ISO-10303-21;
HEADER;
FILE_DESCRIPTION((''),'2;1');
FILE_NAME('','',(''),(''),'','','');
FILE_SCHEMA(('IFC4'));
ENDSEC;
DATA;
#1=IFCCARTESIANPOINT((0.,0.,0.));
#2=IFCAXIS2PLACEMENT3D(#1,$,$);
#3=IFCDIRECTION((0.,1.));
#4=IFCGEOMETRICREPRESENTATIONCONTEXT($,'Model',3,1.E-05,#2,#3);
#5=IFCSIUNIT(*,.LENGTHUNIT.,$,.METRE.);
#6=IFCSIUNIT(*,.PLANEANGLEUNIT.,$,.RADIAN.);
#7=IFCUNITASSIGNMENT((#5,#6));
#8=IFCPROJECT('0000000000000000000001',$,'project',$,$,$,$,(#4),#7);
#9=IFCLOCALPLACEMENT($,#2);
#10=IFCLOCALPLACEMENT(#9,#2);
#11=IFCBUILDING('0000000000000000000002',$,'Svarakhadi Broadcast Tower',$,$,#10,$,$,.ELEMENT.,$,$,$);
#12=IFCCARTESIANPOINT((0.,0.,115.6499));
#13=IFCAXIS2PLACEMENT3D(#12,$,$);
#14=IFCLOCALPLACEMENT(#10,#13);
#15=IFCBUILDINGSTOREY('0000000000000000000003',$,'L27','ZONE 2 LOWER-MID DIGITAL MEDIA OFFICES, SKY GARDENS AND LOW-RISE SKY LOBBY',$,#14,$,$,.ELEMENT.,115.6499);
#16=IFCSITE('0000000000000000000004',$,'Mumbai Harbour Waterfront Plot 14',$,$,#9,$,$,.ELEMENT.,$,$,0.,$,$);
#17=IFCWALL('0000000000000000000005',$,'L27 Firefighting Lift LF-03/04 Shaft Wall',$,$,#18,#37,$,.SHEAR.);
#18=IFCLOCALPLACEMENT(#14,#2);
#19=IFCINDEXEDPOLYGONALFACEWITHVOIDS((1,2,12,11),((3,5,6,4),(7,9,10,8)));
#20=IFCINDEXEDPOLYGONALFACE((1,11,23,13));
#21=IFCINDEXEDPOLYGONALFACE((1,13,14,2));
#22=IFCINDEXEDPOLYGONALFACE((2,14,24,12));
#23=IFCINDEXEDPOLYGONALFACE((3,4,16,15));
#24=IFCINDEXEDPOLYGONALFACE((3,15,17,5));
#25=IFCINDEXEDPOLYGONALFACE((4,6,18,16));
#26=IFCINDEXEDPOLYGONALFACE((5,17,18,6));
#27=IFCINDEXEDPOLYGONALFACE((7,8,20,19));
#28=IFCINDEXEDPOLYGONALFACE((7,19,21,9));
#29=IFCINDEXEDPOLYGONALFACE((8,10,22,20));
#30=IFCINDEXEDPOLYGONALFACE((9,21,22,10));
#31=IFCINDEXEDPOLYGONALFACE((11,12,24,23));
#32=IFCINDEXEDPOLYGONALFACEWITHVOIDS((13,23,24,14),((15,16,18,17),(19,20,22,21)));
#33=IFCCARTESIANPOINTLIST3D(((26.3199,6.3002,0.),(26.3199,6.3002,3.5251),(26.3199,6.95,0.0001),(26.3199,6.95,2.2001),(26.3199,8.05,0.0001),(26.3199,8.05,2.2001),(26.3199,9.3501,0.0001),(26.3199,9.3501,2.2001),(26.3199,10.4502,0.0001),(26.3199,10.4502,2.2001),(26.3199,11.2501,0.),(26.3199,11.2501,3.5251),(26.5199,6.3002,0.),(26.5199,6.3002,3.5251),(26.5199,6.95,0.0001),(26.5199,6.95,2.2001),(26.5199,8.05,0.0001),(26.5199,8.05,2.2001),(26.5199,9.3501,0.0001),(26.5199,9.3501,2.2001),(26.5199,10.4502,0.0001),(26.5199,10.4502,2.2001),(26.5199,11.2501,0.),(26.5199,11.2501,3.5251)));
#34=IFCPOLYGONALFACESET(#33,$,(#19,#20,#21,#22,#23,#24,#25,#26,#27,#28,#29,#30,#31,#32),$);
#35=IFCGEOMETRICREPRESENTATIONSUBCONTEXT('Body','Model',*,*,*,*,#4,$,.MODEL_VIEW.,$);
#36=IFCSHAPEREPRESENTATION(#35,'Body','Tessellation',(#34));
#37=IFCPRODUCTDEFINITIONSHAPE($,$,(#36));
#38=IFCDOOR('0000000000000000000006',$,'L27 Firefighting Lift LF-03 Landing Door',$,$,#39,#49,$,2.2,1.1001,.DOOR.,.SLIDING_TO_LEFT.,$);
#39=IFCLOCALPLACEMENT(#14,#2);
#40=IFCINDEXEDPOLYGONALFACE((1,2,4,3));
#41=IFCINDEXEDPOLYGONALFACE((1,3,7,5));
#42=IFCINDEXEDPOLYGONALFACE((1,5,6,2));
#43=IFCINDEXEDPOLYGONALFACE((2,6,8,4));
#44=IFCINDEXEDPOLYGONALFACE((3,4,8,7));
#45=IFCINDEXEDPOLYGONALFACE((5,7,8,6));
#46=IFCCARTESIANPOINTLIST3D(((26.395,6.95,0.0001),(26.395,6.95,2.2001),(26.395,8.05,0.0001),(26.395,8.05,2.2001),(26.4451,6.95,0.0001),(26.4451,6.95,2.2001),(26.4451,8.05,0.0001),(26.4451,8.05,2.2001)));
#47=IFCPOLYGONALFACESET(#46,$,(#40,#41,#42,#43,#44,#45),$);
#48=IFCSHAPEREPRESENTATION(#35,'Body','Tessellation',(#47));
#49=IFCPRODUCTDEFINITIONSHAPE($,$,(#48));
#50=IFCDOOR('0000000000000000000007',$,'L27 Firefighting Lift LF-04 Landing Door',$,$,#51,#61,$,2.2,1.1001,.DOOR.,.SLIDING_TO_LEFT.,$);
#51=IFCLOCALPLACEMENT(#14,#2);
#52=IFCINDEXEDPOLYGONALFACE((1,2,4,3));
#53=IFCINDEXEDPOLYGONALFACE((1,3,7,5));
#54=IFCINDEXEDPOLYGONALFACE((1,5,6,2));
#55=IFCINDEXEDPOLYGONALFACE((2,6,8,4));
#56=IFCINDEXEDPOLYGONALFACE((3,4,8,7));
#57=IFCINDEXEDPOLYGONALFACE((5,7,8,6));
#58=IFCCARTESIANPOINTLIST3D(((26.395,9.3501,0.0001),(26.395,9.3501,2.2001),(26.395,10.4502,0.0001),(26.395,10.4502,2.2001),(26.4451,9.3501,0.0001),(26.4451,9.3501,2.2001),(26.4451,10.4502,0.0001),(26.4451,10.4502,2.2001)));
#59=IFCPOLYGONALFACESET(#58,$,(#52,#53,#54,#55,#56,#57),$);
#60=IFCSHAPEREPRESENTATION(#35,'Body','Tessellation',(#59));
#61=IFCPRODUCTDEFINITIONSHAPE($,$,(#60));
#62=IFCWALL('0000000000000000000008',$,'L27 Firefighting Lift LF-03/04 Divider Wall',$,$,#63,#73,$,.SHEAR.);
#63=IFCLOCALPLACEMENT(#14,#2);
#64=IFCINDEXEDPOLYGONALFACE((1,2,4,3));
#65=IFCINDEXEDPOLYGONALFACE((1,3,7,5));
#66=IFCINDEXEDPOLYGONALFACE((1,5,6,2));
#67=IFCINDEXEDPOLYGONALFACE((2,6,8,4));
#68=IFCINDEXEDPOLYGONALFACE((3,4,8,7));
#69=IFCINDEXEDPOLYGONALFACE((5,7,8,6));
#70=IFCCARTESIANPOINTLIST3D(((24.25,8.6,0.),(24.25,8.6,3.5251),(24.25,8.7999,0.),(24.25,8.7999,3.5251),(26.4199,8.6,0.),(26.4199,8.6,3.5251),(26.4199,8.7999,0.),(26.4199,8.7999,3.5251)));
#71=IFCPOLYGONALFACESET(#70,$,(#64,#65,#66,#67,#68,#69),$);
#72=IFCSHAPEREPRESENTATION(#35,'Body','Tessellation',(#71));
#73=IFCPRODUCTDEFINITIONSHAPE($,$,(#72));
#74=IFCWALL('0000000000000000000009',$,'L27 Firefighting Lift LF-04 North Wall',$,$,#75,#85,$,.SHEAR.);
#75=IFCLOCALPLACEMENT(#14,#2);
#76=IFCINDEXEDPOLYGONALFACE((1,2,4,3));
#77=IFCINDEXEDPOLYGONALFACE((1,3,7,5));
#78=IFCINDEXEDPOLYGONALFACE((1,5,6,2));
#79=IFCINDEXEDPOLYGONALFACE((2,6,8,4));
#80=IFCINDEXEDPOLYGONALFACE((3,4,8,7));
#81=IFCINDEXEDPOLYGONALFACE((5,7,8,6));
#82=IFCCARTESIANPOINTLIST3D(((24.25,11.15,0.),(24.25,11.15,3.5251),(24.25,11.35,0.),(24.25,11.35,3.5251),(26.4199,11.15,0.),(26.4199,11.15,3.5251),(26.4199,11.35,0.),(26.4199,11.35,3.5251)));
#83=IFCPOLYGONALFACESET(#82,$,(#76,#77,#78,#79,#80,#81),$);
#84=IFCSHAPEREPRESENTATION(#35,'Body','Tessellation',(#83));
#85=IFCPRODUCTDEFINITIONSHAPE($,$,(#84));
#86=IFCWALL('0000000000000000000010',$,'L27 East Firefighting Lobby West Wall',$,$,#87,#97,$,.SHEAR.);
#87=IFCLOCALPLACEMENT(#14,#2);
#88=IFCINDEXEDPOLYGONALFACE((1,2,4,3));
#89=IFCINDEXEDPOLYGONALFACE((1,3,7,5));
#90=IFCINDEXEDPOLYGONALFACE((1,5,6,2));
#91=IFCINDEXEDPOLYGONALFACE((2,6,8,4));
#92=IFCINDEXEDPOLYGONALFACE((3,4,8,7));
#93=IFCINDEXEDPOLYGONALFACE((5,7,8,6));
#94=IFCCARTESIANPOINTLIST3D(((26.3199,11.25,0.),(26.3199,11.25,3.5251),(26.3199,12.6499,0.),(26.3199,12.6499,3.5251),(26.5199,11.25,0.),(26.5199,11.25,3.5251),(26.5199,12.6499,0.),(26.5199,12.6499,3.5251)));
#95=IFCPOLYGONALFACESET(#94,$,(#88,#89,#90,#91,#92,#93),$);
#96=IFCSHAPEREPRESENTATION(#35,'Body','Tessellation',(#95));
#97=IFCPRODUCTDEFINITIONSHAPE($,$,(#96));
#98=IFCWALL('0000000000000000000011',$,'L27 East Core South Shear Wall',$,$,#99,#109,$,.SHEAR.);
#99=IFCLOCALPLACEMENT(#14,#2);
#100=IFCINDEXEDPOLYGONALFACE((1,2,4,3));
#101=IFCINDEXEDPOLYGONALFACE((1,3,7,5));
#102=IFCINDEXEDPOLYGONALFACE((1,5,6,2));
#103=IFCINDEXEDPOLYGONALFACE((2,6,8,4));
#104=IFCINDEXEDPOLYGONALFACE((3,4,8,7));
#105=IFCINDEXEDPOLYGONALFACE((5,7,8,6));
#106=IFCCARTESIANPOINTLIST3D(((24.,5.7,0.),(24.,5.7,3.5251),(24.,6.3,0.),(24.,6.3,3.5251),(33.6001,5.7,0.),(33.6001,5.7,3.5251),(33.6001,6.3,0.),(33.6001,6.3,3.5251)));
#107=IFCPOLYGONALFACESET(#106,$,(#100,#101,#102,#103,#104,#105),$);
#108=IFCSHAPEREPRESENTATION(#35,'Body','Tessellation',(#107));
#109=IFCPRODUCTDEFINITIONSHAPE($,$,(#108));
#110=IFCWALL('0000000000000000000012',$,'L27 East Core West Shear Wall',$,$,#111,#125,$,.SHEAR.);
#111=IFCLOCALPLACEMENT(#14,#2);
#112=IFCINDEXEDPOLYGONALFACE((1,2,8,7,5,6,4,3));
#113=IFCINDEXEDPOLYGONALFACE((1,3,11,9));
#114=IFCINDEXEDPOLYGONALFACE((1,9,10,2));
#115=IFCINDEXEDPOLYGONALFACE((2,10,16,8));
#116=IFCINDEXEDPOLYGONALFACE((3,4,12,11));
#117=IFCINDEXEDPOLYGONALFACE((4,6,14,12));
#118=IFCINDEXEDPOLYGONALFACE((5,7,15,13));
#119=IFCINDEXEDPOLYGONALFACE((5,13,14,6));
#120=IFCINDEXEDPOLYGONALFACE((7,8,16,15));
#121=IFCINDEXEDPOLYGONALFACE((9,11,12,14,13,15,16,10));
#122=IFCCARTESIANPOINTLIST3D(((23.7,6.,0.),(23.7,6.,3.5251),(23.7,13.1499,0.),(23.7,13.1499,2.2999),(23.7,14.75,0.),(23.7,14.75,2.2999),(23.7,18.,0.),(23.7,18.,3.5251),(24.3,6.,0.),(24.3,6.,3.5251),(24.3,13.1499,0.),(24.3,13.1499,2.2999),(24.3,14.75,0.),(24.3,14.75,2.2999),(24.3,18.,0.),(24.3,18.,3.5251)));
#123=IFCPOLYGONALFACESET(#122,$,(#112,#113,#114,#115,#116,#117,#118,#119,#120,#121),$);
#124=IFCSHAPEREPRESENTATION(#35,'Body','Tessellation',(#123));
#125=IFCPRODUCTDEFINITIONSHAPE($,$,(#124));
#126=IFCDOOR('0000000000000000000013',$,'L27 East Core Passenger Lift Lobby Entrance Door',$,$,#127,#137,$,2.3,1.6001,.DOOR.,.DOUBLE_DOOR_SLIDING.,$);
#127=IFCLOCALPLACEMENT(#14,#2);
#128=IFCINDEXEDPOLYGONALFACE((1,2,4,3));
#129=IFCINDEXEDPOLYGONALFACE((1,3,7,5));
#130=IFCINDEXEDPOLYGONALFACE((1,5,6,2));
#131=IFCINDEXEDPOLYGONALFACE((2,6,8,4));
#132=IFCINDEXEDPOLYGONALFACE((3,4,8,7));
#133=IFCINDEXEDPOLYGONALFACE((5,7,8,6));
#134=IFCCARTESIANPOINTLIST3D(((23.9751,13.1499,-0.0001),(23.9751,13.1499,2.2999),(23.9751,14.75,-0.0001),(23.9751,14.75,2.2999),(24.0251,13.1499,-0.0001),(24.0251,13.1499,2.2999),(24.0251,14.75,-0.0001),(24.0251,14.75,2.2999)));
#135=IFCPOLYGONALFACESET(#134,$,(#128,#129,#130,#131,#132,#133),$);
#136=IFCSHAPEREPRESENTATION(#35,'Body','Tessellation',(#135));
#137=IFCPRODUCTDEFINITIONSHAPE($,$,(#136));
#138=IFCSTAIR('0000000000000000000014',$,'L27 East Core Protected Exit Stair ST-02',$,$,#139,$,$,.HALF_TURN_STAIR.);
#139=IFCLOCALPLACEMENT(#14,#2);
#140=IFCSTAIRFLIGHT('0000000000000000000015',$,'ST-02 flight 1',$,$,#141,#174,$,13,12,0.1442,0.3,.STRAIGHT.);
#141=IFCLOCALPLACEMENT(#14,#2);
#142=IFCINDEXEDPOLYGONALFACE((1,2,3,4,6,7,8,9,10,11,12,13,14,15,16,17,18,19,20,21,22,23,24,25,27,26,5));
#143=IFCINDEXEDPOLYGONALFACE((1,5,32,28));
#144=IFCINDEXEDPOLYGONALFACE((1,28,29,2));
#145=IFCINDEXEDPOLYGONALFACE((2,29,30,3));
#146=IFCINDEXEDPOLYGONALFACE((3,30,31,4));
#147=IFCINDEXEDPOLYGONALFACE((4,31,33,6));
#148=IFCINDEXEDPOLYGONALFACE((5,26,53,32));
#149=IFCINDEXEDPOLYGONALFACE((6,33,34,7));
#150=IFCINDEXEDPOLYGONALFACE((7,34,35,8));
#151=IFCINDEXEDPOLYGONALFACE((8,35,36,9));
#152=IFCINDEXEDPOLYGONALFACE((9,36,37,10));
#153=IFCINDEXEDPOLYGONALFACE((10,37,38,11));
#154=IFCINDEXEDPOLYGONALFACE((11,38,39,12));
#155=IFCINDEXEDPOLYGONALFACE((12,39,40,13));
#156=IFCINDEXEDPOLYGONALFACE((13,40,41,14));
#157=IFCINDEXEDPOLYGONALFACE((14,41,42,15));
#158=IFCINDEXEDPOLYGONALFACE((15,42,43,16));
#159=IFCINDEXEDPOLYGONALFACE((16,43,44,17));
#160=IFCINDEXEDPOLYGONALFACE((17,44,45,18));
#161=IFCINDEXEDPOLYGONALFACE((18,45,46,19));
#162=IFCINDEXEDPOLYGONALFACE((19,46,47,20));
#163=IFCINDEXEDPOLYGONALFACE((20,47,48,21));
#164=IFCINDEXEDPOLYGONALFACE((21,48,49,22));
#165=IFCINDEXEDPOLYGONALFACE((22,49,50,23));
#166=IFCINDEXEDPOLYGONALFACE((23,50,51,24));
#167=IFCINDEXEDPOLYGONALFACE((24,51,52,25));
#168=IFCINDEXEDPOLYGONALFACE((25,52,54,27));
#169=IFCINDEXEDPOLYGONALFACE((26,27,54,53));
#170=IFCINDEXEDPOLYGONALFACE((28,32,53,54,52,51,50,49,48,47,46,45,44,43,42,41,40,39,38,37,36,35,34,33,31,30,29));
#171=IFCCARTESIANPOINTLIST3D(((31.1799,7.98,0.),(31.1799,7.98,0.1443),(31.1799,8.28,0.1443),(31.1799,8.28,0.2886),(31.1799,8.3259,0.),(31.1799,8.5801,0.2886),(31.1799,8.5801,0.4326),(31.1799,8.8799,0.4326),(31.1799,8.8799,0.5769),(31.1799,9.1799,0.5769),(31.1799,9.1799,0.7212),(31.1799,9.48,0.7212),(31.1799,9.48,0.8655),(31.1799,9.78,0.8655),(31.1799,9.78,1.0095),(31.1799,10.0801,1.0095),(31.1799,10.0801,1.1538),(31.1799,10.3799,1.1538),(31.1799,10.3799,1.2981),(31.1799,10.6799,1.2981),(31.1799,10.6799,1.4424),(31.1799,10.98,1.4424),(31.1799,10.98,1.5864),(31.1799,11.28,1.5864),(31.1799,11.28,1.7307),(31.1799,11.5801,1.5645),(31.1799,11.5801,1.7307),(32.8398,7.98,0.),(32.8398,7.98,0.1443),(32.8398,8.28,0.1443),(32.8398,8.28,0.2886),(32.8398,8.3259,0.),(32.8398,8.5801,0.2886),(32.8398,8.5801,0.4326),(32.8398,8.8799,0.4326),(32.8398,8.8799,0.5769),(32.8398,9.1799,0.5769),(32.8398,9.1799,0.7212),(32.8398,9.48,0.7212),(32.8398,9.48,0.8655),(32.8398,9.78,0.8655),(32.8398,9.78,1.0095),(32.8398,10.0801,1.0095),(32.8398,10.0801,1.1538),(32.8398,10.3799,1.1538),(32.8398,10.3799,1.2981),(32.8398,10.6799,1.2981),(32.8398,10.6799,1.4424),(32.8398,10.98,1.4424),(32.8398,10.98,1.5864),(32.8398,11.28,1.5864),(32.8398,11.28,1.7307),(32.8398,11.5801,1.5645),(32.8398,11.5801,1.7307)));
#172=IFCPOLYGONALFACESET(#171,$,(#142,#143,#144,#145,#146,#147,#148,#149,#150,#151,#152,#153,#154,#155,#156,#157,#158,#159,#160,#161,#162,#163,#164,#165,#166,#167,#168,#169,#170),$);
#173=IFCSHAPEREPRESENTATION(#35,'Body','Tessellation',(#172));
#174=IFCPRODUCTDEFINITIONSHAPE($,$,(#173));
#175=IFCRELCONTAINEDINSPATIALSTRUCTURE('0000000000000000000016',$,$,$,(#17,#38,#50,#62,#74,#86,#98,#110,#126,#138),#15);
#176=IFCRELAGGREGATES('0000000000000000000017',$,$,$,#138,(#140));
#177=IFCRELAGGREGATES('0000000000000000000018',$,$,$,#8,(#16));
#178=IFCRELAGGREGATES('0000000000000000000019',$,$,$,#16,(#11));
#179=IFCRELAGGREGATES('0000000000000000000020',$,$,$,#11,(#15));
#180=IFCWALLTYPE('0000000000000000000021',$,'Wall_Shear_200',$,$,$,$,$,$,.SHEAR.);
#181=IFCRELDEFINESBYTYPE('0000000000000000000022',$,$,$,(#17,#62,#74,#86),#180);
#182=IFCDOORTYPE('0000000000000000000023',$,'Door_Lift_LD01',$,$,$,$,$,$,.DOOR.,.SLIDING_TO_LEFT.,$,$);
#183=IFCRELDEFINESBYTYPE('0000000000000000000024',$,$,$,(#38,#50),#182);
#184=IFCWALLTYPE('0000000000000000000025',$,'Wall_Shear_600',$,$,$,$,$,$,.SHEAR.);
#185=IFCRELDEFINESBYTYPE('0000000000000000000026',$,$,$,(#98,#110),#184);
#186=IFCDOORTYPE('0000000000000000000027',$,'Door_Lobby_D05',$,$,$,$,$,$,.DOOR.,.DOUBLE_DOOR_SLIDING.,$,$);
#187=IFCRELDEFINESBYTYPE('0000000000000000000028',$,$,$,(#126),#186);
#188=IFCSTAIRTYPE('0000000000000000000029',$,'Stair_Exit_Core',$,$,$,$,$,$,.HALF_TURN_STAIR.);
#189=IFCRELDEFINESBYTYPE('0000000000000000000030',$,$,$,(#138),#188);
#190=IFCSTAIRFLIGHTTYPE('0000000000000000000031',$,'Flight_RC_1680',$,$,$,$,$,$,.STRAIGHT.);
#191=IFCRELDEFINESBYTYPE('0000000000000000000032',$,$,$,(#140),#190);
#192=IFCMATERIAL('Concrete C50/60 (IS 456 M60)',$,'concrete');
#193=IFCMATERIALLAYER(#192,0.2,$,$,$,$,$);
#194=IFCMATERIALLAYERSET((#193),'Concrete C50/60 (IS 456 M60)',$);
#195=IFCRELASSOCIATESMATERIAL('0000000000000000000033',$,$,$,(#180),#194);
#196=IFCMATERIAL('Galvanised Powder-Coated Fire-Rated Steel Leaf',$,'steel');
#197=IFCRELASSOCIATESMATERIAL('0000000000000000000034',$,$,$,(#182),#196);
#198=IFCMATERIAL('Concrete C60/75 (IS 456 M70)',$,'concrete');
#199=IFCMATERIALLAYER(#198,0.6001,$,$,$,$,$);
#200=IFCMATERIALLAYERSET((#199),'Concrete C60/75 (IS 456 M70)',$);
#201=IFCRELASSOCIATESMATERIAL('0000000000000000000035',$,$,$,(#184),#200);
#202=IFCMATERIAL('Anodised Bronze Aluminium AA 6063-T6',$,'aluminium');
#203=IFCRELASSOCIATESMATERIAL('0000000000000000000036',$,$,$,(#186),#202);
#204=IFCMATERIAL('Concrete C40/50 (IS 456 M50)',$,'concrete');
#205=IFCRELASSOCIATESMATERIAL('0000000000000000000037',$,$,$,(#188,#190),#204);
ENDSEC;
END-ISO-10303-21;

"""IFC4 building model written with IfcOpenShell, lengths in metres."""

from ifc_helpers import new_model, si_unit, direction, frame, frame_2d, origin, place, context, subcontext, project, spatial, polyline, rectangle, outline, extrude, material, layer, layer_set, type_object, element, fill, aggregate, save


model = new_model("IFC4")

# Units and contexts
model_context = context("Model", 3, precision=1e-05, world=origin(), true_north=direction((0.0, 1.0)))
body_context = subcontext(model_context, "Body", "Model", "MODEL_VIEW")
ifc_project = project(units=[si_unit("LENGTHUNIT", "METRE"), si_unit("PLANEANGLEUNIT", "RADIAN")], contexts=[model_context])

# Site, building, storey
site_placement = place(None, origin())
site = spatial("IfcSite", under=ifc_project, at=site_placement, Name="Mumbai Harbour Waterfront Plot 14", CompositionType="ELEMENT", RefElevation=0.0)
building_placement = place(site_placement, origin())
building = spatial("IfcBuilding", under=site, at=building_placement, Name="Svarakhadi Broadcast Tower", CompositionType="ELEMENT")
storey_placement = place(building_placement, frame((0.0, 0.0, 115.6499)))
storey = spatial("IfcBuildingStorey", under=building, at=storey_placement, Name="L27", Description="ZONE 2 LOWER-MID DIGITAL MEDIA OFFICES, SKY GARDENS AND LOW-RISE SKY LOBBY", CompositionType="ELEMENT", Elevation=115.6499)

# Shared definitions
ifc_material_1 = material(Name="Concrete C50/60 (IS 456 M60)", Category="concrete")

# Shared definitions
ifc_material_2 = material(Name="Anodised Bronze Aluminium AA 6063-T6", Category="aluminium")

# Shared definitions
ifc_material_3 = material(Name="Concrete C40/50 (IS 456 M50)", Category="concrete")

# Shared definitions
ifc_layer_1 = layer(ifc_material_1, 0.2)
ifc_layer_set_1 = layer_set([ifc_layer_1], Name="Concrete C50/60 (IS 456 M60)")
wall_type_1 = type_object("IfcWallType", Name="Wall_Shear_200", PredefinedType="SHEAR", material=ifc_layer_set_1)
ifc_material_4 = material(Name="Galvanised Powder-Coated Fire-Rated Steel Leaf", Category="steel")

# Wall, openings, doors
wall_1_placement = place(storey_placement, frame((26.4199, 6.3, 0.0), z_axis=(0.0, 0.0, 1.0), x_axis=(0.0, 1.0, 0.0)))
wall_1 = element("IfcWall", 1, at=wall_1_placement, inside=storey, type_object=wall_type_1, Name="L27 Firefighting Lift LF-03/04 Shaft Wall", PredefinedType="SHEAR", context=body_context, shape_type="SweptSolid", body=[
    extrude(rectangle(XDim=4.95, YDim=0.2, at=frame_2d((2.4751, 0.0))), origin(), (0.0, 0.0, 1.0), 3.5251),
])
opening_1_placement = place(wall_1_placement, frame((0.6499, 0.0, 0.0)))
opening_1 = element("IfcOpeningElement", 2, at=opening_1_placement, cuts=wall_1, PredefinedType="OPENING", context=body_context, shape_type="SweptSolid", body=[
    extrude(rectangle(XDim=1.1001, YDim=2.2, at=frame_2d((0.55, 1.1001))), frame((0.0, 0.1099, 0.0), z_axis=(0.0, -1.0, 0.0), x_axis=(1.0, 0.0, 0.0)), (0.0, 0.0, 1.0), 0.22),
])
opening_2_placement = place(wall_1_placement, frame((3.05, 0.0, 0.0)))
opening_2 = element("IfcOpeningElement", 3, at=opening_2_placement, cuts=wall_1, PredefinedType="OPENING", context=body_context, shape_type="SweptSolid", body=[
    extrude(rectangle(XDim=1.1001, YDim=2.2, at=frame_2d((0.55, 1.1001))), frame((0.0, 0.1099, 0.0), z_axis=(0.0, -1.0, 0.0), x_axis=(1.0, 0.0, 0.0)), (0.0, 0.0, 1.0), 0.22),
])
door_type_1 = type_object("IfcDoorType", Name="Door_Lift_LD01", OperationType="SLIDING_TO_LEFT", PredefinedType="DOOR", material=ifc_material_4)
door_1_placement = place(opening_1_placement, origin())
door_1 = element("IfcDoor", 4, at=door_1_placement, inside=storey, type_object=door_type_1, Name="L27 Firefighting Lift LF-03 Landing Door", OperationType="SLIDING_TO_LEFT", OverallHeight=2.2, OverallWidth=1.1001, PredefinedType="DOOR", context=body_context, shape_type="SweptSolid", body=[
    extrude(rectangle(XDim=1.1001, YDim=2.2, at=frame_2d((0.55, 1.1001))), frame((0.0, 0.0249, 0.0), z_axis=(0.0, -1.0, 0.0), x_axis=(1.0, 0.0, 0.0)), (0.0, 0.0, 1.0), 0.05),
])
fill(opening_1, door_1)
door_2_placement = place(opening_2_placement, origin())
door_2 = element("IfcDoor", 5, at=door_2_placement, inside=storey, type_object=door_type_1, Name="L27 Firefighting Lift LF-04 Landing Door", OperationType="SLIDING_TO_LEFT", OverallHeight=2.2, OverallWidth=1.1001, PredefinedType="DOOR", context=body_context, shape_type="SweptSolid", body=[
    extrude(rectangle(XDim=1.1001, YDim=2.2, at=frame_2d((0.55, 1.1001))), frame((0.0, 0.0249, 0.0), z_axis=(0.0, -1.0, 0.0), x_axis=(1.0, 0.0, 0.0)), (0.0, 0.0, 1.0), 0.05),
])
fill(opening_2, door_2)

# Walls
for number, where, z_axis, x_axis, name in (
    (6, (24.25, 8.7, 0.0), (0.0, 0.0, 1.0), (1.0, 0.0, 0.0), "L27 Firefighting Lift LF-03/04 Divider Wall"),
    (7, (24.25, 11.25, 0.0), (0.0, 0.0, 1.0), (1.0, 0.0, 0.0), "L27 Firefighting Lift LF-04 North Wall"),
):
    element("IfcWall", number, at=place(storey_placement, frame(where, z_axis=z_axis, x_axis=x_axis)), inside=storey, type_object=wall_type_1, Name=name, PredefinedType="SHEAR", context=body_context, shape_type="SweptSolid", body=[
        extrude(rectangle(XDim=2.1699, YDim=0.2, at=frame_2d((1.085, 0.0))), origin(), (0.0, 0.0, 1.0), 3.5251),
    ])
wall_2_placement = place(storey_placement, frame((26.4199, 11.25, 0.0), z_axis=(0.0, 0.0, 1.0), x_axis=(0.0, 1.0, 0.0)))
element("IfcWall", 8, at=wall_2_placement, inside=storey, type_object=wall_type_1, Name="L27 East Firefighting Lobby West Wall", PredefinedType="SHEAR", context=body_context, shape_type="SweptSolid", body=[
    extrude(rectangle(XDim=1.3999, YDim=0.2, at=frame_2d((0.7, 0.0))), origin(), (0.0, 0.0, 1.0), 3.5251),
])
ifc_material_5 = material(Name="Concrete C60/75 (IS 456 M70)", Category="concrete")
ifc_layer_2 = layer(ifc_material_5, 0.6001)
ifc_layer_set_2 = layer_set([ifc_layer_2], Name="Concrete C60/75 (IS 456 M70)")
wall_type_2 = type_object("IfcWallType", Name="Wall_Shear_600", PredefinedType="SHEAR", material=ifc_layer_set_2)
wall_3_placement = place(storey_placement, frame((24.0, 6.0, 0.0), z_axis=(0.0, 0.0, 1.0), x_axis=(1.0, 0.0, 0.0)))
element("IfcWall", 9, at=wall_3_placement, inside=storey, type_object=wall_type_2, Name="L27 East Core South Shear Wall", PredefinedType="SHEAR", context=body_context, shape_type="SweptSolid", body=[
    extrude(rectangle(XDim=9.6001, YDim=0.6001, at=frame_2d((4.8, 0.0))), origin(), (0.0, 0.0, 1.0), 3.5251),
])

# Wall, opening, door
wall_4_placement = place(storey_placement, frame((24.0, 6.0, 0.0), z_axis=(0.0, 0.0, 1.0), x_axis=(0.0, 1.0, 0.0)))
wall_4 = element("IfcWall", 10, at=wall_4_placement, inside=storey, type_object=wall_type_2, Name="L27 East Core West Shear Wall", PredefinedType="SHEAR", context=body_context, shape_type="SweptSolid", body=[
    extrude(rectangle(XDim=12.0, YDim=0.6001, at=frame_2d((6.0, 0.0))), origin(), (0.0, 0.0, 1.0), 3.5251),
])
opening_3_placement = place(wall_4_placement, frame((7.1499, 0.0, 0.0)))
opening_3 = element("IfcOpeningElement", 11, at=opening_3_placement, cuts=wall_4, PredefinedType="OPENING", context=body_context, shape_type="SweptSolid", body=[
    extrude(rectangle(XDim=1.6001, YDim=2.3, at=frame_2d((0.8, 1.1499))), frame((0.0, 0.3101, 0.0), z_axis=(0.0, -1.0, 0.0), x_axis=(1.0, 0.0, 0.0)), (0.0, 0.0, 1.0), 0.6201),
])
door_type_2 = type_object("IfcDoorType", Name="Door_Lobby_D05", OperationType="DOUBLE_DOOR_SLIDING", PredefinedType="DOOR", material=ifc_material_2)
door_3_placement = place(opening_3_placement, origin())
door_3 = element("IfcDoor", 12, at=door_3_placement, inside=storey, type_object=door_type_2, Name="L27 East Core Passenger Lift Lobby Entrance Door", OperationType="DOUBLE_DOOR_SLIDING", OverallHeight=2.3, OverallWidth=1.6001, PredefinedType="DOOR", context=body_context, shape_type="SweptSolid", body=[
    extrude(rectangle(XDim=1.6001, YDim=2.3, at=frame_2d((0.8, 1.1499))), frame((0.0, 0.0249, 0.0), z_axis=(0.0, -1.0, 0.0), x_axis=(1.0, 0.0, 0.0)), (0.0, 0.0, 1.0), 0.05),
])
fill(opening_3, door_3)

# Stair, stair flight
stair_type = type_object("IfcStairType", Name="Stair_Exit_Core", PredefinedType="HALF_TURN_STAIR", material=ifc_material_3)
stair_placement = place(storey_placement, origin())
stair = element("IfcStair", 13, at=stair_placement, inside=storey, type_object=stair_type, Name="L27 East Core Protected Exit Stair ST-02", PredefinedType="HALF_TURN_STAIR")
stair_flight_type = type_object("IfcStairFlightType", Name="Flight_RC_1680", PredefinedType="STRAIGHT", material=ifc_material_3)
stair_flight_1_placement = place(storey_placement, frame((32.01, 7.98, 0.0), z_axis=(0.0, 0.0, 1.0), x_axis=(0.0, 1.0, 0.0)))
stair_flight_1 = element("IfcStairFlight", 14, at=stair_flight_1_placement, type_object=stair_flight_type, Name="ST-02 flight 1", NumberOfRisers=13, NumberOfTreads=12, PredefinedType="STRAIGHT", RiserHeight=0.1442, TreadLength=0.3, context=body_context, shape_type="SweptSolid", body=[
    extrude(outline(polyline([(0.0, 0.0), (0.0, 0.1443), (0.3, 0.1443), (0.3, 0.2886), (0.6001, 0.2886), (0.6001, 0.4326), (0.8999, 0.4326), (0.8999, 0.5769), (1.2, 0.5769), (1.2, 0.7212), (1.5, 0.7212), (1.5, 0.8655), (1.8, 0.8655), (1.8, 1.0095), (2.1001, 1.0095), (2.1001, 1.1538), (2.3999, 1.1538), (2.3999, 1.2981), (2.7, 1.2981), (2.7, 1.4424), (3.0, 1.4424), (3.0, 1.5864), (3.3, 1.5864), (3.3, 1.7307), (3.6001, 1.7307), (3.6001, 1.875), (3.6001, 1.5645), (0.3459, 0.0), (0.0, 0.0)])), frame((0.0, 0.8301, 0.0), z_axis=(0.0, -1.0, 0.0), x_axis=(1.0, 0.0, 0.0)), (0.0, 0.0, 1.0), 1.6599),
])
aggregate(stair, [stair_flight_1])

save(model, "model.ifc")
